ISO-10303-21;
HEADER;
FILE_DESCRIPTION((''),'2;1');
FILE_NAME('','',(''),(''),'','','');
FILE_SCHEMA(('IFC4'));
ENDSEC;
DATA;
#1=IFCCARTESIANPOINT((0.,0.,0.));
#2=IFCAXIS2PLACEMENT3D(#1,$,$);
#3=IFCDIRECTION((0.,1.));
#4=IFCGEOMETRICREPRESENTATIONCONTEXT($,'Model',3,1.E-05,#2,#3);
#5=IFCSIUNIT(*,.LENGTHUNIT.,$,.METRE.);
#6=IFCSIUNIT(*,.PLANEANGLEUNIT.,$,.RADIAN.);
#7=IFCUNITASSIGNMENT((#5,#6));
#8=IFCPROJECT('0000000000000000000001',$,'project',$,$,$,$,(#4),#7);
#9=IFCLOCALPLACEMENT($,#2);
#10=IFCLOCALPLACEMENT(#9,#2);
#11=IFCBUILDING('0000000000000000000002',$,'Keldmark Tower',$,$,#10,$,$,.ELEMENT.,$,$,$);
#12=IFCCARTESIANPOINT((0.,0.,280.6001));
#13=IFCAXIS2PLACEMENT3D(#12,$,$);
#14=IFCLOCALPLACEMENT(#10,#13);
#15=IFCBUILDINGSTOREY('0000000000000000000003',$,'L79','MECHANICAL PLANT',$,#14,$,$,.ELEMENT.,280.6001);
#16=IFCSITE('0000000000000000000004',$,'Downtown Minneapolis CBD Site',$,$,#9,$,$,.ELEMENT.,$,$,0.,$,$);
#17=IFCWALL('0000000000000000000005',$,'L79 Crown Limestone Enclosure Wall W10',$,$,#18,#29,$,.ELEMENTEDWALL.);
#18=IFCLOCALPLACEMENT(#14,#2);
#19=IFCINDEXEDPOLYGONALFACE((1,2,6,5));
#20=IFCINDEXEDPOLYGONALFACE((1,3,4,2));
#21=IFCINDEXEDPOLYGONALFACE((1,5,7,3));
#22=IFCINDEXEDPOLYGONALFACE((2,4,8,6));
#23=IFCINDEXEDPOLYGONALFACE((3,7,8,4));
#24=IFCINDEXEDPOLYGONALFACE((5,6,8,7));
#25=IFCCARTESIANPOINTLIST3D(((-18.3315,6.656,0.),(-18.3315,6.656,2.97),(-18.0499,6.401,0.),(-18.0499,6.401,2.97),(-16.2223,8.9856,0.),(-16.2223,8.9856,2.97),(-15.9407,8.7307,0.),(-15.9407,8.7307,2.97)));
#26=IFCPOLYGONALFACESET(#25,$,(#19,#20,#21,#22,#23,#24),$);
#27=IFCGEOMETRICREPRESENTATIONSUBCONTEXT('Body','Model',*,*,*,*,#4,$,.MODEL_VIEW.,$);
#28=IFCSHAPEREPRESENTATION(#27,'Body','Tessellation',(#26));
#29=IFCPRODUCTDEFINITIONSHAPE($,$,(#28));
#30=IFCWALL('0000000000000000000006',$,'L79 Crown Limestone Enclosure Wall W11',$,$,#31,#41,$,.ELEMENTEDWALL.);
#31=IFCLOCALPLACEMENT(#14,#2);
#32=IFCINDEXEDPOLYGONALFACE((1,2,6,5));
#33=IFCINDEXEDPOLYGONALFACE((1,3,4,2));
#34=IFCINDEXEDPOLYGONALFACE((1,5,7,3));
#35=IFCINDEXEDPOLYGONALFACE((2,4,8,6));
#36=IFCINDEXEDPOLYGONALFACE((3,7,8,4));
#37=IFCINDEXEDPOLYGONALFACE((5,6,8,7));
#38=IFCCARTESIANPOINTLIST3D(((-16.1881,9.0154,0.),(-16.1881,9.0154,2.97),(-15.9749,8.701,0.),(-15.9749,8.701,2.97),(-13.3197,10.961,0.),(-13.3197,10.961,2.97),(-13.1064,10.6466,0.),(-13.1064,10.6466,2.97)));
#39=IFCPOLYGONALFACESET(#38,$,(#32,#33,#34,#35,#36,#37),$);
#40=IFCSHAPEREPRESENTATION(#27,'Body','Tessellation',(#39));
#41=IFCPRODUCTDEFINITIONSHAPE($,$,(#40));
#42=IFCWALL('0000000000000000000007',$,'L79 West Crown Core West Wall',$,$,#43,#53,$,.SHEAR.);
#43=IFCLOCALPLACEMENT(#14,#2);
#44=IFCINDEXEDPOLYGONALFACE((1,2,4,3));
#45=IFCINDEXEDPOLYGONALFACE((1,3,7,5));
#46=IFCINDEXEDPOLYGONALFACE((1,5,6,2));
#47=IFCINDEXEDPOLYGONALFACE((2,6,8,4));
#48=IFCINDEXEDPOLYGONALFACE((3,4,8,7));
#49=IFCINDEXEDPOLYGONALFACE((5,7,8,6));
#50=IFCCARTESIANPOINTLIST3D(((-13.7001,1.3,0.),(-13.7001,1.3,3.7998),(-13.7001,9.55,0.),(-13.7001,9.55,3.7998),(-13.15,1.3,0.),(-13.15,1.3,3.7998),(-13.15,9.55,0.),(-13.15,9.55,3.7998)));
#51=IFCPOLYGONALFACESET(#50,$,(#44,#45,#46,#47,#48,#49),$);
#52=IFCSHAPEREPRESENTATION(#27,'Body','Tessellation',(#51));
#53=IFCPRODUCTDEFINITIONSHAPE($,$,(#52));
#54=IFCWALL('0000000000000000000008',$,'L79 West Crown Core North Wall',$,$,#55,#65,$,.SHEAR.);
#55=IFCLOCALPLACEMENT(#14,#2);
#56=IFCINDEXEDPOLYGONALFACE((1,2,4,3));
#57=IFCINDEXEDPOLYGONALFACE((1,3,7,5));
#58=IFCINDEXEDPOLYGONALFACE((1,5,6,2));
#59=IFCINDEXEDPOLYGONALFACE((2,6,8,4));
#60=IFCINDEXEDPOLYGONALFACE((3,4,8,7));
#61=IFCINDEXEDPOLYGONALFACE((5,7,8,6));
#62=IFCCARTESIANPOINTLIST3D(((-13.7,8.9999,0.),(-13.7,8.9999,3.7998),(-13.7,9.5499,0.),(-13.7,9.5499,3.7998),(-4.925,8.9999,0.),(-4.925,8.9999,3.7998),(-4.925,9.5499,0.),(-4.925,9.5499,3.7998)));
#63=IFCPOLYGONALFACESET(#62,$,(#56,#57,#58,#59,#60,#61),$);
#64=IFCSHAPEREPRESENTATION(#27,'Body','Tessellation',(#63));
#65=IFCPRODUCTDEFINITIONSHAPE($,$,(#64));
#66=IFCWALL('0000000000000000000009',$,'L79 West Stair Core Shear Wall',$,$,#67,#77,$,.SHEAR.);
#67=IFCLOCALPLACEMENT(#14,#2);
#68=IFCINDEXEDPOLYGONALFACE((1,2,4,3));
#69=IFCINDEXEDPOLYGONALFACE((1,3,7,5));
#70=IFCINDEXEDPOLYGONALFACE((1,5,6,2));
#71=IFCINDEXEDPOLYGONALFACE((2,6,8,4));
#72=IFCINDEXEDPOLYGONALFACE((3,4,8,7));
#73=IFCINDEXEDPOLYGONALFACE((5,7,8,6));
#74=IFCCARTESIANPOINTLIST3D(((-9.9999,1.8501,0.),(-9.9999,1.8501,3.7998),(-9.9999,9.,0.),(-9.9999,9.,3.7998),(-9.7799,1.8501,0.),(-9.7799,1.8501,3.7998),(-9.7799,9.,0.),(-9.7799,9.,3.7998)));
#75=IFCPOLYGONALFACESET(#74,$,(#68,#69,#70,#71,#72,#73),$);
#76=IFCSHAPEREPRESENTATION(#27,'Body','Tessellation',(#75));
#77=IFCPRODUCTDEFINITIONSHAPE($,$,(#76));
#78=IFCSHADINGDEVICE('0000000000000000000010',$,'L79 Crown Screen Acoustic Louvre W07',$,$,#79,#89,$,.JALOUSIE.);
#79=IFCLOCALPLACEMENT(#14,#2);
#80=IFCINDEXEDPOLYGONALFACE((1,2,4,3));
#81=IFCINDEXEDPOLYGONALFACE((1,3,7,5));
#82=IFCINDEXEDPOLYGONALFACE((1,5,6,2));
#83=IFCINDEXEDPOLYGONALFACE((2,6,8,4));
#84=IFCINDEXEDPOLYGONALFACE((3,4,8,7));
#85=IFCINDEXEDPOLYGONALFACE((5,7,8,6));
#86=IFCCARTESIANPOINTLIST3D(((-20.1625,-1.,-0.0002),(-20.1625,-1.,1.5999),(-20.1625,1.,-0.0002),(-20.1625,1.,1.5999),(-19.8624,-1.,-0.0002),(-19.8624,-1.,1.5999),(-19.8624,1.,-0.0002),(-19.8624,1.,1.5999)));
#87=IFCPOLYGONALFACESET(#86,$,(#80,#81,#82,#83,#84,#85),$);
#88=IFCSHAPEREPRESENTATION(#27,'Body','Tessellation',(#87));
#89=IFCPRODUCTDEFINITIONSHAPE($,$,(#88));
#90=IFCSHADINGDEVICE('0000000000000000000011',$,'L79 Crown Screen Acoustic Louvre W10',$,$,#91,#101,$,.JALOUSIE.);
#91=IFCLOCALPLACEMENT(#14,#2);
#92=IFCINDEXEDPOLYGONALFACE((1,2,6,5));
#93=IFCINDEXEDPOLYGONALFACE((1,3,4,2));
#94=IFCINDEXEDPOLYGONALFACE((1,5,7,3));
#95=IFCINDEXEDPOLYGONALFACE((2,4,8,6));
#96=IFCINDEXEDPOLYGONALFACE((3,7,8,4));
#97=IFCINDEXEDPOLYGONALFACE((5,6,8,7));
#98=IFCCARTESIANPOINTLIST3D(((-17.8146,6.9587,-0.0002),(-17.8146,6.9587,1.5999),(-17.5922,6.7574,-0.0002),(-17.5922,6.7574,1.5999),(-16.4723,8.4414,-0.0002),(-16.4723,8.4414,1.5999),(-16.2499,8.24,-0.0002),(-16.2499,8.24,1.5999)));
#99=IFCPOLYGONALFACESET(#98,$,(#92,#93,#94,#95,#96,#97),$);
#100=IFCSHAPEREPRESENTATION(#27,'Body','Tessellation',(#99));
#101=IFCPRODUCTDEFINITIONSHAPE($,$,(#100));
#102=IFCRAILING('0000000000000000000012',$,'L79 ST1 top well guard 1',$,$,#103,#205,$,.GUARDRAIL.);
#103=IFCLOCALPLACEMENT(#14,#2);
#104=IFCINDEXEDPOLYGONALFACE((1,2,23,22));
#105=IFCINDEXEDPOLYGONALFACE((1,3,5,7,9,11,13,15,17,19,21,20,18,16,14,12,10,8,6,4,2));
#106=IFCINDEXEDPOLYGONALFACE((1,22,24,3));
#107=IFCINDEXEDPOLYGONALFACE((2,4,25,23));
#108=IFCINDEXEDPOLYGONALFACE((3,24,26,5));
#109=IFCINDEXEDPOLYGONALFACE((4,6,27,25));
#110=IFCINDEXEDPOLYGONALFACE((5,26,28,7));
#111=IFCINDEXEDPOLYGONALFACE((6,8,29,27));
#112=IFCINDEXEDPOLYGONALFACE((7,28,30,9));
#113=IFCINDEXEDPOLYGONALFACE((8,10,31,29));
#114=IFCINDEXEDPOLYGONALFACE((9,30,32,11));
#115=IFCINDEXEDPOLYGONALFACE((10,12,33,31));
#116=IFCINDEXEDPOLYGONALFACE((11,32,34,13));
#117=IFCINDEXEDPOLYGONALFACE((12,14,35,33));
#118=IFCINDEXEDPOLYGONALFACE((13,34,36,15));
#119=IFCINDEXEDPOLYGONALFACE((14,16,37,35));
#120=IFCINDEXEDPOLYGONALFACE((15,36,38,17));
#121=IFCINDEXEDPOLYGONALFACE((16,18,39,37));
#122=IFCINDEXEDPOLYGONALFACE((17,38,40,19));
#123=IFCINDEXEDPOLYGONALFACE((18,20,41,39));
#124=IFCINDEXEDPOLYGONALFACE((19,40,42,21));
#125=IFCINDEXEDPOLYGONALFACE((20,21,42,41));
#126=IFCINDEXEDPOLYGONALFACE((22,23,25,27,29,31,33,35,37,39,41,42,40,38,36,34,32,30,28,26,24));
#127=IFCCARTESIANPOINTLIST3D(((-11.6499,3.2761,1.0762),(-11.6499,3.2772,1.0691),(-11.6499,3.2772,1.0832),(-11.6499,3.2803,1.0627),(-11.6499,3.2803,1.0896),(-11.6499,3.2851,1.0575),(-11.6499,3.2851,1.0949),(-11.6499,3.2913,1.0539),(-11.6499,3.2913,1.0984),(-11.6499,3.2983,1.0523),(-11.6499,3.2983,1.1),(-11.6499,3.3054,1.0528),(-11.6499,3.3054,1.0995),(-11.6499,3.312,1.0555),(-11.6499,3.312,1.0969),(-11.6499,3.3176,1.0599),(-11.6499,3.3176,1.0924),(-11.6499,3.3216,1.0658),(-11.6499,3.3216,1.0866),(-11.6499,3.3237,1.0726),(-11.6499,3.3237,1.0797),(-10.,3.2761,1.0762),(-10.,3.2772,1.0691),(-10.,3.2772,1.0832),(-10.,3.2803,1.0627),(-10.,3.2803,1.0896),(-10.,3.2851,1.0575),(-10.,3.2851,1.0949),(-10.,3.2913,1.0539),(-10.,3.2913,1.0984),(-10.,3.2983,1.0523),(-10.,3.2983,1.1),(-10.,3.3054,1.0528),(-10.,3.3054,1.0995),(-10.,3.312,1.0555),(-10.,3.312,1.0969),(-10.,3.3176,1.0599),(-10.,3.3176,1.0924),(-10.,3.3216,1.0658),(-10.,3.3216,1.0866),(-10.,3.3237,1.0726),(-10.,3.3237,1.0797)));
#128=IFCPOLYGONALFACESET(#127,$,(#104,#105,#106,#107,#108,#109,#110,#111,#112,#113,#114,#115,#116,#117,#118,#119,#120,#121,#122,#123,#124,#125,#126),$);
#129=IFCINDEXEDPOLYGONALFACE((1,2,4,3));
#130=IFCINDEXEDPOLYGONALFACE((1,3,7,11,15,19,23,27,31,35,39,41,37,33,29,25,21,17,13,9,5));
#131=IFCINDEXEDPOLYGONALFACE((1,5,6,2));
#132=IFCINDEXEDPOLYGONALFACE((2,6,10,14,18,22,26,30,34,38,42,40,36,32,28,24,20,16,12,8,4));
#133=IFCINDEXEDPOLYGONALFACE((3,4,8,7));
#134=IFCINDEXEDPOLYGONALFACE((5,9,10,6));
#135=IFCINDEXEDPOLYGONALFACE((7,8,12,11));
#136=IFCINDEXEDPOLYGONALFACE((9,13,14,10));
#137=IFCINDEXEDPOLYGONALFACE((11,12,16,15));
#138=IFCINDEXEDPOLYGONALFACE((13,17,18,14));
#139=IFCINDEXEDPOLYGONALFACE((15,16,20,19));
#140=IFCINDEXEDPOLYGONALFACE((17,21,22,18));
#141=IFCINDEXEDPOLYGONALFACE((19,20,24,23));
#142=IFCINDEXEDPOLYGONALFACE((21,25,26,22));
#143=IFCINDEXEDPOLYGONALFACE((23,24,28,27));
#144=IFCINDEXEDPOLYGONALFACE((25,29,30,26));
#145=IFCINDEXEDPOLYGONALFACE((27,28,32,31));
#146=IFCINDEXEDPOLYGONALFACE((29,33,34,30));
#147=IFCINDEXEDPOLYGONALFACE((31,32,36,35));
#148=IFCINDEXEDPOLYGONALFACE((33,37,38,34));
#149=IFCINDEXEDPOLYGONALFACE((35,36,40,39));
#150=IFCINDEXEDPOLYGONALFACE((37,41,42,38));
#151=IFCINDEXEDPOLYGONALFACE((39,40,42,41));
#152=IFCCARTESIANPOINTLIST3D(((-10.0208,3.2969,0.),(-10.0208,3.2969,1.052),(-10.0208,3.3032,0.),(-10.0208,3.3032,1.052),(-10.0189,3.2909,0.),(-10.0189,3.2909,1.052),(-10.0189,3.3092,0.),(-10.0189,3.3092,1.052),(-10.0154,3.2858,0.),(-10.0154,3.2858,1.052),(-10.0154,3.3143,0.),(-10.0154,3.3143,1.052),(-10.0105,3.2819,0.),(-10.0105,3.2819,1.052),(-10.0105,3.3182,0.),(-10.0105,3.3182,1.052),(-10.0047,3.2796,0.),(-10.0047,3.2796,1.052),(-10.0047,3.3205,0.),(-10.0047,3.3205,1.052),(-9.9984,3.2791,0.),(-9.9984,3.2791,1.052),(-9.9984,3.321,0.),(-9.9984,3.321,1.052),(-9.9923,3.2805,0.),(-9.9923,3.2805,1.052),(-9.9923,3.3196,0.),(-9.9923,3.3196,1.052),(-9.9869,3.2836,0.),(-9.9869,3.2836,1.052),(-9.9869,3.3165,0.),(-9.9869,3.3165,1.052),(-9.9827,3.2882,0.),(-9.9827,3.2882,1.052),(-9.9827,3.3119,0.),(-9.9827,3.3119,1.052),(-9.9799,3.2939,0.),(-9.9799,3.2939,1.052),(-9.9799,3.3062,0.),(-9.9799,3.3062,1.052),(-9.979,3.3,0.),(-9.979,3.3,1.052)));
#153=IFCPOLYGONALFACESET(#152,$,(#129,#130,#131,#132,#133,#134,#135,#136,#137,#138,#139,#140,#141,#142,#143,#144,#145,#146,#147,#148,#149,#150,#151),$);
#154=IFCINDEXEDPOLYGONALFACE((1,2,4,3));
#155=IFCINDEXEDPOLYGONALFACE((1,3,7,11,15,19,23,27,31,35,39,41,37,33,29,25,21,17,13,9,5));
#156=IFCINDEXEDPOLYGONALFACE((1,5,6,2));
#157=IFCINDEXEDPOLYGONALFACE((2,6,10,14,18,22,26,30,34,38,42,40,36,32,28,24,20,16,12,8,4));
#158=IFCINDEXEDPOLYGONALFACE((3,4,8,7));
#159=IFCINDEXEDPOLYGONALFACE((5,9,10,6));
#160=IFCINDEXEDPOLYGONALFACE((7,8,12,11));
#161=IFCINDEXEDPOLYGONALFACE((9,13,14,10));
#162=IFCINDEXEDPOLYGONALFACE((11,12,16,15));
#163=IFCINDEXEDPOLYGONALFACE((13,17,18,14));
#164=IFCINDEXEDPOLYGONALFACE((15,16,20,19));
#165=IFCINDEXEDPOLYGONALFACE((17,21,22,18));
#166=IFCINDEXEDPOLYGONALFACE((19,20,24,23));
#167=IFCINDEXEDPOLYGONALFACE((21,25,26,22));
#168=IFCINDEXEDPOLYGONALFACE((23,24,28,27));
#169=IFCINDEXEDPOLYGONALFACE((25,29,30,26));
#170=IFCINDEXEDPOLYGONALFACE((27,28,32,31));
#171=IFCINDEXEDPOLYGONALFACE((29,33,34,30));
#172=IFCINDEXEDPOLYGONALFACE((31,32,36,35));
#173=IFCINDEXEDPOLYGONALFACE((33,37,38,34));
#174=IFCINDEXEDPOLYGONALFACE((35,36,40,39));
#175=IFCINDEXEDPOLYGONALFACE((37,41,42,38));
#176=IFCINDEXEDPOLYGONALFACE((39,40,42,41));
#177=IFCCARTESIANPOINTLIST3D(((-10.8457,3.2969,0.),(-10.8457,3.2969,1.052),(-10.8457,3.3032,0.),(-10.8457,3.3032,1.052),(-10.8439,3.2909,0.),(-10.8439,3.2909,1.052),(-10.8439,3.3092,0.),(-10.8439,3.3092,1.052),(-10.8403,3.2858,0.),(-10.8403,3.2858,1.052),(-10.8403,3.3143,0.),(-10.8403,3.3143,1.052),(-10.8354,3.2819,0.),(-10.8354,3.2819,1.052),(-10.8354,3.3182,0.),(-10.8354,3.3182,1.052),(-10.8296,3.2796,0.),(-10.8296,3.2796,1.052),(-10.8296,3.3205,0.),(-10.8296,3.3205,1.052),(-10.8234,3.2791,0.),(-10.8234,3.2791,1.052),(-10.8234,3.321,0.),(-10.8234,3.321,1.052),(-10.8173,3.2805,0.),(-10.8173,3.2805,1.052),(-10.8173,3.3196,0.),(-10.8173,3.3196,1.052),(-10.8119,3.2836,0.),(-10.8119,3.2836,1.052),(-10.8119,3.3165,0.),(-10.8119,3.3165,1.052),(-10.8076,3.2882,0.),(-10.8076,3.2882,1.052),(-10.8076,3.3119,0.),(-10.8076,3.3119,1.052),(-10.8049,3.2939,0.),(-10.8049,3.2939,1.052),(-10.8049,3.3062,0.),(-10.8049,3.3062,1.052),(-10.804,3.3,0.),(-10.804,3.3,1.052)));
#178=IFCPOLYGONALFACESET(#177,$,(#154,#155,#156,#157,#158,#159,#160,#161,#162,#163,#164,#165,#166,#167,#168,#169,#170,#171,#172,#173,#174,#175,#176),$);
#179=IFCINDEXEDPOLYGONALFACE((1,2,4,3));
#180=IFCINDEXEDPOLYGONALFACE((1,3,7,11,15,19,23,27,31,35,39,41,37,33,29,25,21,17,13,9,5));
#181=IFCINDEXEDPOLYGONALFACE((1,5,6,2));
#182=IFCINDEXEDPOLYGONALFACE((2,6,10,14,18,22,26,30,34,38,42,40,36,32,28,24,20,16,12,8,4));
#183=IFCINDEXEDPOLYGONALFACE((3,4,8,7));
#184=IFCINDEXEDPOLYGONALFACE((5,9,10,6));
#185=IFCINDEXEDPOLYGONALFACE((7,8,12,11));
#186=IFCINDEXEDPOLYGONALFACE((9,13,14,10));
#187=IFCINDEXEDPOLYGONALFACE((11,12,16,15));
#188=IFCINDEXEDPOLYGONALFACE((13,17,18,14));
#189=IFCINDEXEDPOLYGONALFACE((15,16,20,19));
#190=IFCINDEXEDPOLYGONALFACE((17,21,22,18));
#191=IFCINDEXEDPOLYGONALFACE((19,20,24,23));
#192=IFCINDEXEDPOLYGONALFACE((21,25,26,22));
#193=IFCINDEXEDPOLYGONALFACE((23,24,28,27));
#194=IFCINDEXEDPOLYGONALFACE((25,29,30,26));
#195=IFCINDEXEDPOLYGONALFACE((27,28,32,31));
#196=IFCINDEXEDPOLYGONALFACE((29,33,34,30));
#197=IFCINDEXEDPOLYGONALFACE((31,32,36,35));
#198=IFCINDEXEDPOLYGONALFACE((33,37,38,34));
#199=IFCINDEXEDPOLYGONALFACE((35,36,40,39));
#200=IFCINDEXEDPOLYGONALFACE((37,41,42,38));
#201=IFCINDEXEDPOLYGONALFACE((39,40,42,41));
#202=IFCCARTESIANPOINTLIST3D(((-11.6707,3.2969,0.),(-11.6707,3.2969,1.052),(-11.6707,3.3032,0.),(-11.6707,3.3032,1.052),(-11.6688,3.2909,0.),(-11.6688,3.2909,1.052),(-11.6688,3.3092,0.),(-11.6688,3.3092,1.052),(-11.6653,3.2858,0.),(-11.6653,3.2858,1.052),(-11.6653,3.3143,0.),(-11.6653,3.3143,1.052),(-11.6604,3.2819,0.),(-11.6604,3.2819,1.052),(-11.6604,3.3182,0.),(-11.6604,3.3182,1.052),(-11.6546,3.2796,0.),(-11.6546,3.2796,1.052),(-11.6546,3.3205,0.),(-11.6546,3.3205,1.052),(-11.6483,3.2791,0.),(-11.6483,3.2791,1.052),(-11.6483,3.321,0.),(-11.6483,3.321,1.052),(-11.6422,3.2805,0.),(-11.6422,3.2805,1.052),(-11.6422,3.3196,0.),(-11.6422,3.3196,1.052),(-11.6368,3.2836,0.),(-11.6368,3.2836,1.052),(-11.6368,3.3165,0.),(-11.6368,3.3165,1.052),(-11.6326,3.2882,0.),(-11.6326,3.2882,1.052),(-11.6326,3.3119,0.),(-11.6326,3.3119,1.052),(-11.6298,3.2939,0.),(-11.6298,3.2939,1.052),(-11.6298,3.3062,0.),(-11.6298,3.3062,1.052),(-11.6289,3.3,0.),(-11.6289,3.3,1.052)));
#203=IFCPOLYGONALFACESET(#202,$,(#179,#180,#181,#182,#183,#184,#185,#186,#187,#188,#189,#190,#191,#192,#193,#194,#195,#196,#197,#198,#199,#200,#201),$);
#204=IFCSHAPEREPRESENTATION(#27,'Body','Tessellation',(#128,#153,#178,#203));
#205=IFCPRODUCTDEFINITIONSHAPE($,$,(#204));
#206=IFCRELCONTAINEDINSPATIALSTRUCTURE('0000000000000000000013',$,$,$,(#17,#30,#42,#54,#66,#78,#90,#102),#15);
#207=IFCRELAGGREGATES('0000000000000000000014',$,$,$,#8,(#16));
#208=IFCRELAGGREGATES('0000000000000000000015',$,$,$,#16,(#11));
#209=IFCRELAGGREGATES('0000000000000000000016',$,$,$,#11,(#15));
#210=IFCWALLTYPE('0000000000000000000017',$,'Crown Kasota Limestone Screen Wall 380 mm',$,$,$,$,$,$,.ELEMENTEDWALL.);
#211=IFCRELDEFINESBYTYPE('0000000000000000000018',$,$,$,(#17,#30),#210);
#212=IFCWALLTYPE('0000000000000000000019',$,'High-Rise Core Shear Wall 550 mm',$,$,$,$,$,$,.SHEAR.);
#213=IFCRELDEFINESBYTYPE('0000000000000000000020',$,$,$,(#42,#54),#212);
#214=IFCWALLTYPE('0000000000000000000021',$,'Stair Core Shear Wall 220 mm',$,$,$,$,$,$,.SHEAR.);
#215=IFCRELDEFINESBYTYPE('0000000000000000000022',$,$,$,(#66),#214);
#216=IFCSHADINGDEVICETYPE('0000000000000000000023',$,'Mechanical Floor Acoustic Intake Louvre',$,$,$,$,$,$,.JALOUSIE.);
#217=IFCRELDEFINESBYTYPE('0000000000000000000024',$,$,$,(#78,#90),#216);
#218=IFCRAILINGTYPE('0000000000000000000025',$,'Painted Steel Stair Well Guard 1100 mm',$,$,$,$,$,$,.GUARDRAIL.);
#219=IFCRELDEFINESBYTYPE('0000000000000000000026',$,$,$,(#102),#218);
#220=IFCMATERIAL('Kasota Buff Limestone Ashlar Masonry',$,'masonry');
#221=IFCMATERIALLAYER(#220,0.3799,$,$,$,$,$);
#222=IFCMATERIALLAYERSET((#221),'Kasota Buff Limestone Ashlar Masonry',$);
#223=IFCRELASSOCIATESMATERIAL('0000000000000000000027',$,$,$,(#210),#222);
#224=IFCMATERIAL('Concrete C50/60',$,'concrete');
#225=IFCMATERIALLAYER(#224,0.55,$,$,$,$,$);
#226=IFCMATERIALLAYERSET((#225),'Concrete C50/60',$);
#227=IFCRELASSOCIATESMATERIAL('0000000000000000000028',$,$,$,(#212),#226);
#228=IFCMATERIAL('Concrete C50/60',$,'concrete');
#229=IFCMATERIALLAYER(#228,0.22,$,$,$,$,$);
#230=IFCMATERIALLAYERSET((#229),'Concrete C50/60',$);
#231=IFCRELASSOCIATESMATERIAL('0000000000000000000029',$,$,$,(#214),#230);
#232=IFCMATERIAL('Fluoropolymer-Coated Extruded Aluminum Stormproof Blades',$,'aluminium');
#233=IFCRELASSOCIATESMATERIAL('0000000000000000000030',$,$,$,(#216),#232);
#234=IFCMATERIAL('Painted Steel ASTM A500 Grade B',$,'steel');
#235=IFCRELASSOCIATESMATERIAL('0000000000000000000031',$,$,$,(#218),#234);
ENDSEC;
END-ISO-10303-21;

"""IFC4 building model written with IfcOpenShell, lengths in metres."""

from ifc_helpers import new_model, si_unit, direction, frame, frame_2d, origin, origin_2d, place, context, subcontext, project, spatial, rectangle, circle, extrude, material, layer, layer_set, type_object, element, save


model = new_model("IFC4")

# Units and contexts
model_context = context("Model", 3, precision=1e-05, world=origin(), true_north=direction((0.0, 1.0)))
body_context = subcontext(model_context, "Body", "Model", "MODEL_VIEW")
ifc_project = project(units=[si_unit("LENGTHUNIT", "METRE"), si_unit("PLANEANGLEUNIT", "RADIAN")], contexts=[model_context])

# Site, building, storey
site_placement = place(None, origin())
site = spatial("IfcSite", under=ifc_project, at=site_placement, Name="Downtown Minneapolis CBD Site", CompositionType="ELEMENT", RefElevation=0.0)
building_placement = place(site_placement, origin())
building = spatial("IfcBuilding", under=site, at=building_placement, Name="Keldmark Tower", CompositionType="ELEMENT")
storey_placement = place(building_placement, frame((0.0, 0.0, 280.6001)))
storey = spatial("IfcBuildingStorey", under=building, at=storey_placement, Name="L79", Description="MECHANICAL PLANT", CompositionType="ELEMENT", Elevation=280.6001)

# Walls
ifc_material_1 = material(Name="Kasota Buff Limestone Ashlar Masonry", Category="masonry")
ifc_layer_1 = layer(ifc_material_1, 0.3799)
ifc_layer_set_1 = layer_set([ifc_layer_1], Name="Kasota Buff Limestone Ashlar Masonry")
wall_type_1 = type_object("IfcWallType", Name="Crown Kasota Limestone Screen Wall 380 mm", PredefinedType="ELEMENTEDWALL", material=ifc_layer_set_1)
wall_1_placement = place(storey_placement, frame((-16.0815, 8.8582, 0.0), z_axis=(0.0, 0.0, 1.0), x_axis=(-0.671159, -0.741313, 0.0)))
element("IfcWall", 1, at=wall_1_placement, inside=storey, type_object=wall_type_1, Name="L79 Crown Limestone Enclosure Wall W10", PredefinedType="ELEMENTEDWALL", context=body_context, shape_type="SweptSolid", body=[
    extrude(rectangle(XDim=3.1426, YDim=0.3799, at=frame_2d((1.5713, 0.0))), origin(), (0.0, 0.0, 1.0), 2.97),
])
wall_2_placement = place(storey_placement, frame((-13.2131, 10.8037, 0.0), z_axis=(0.0, 0.0, 1.0), x_axis=(-0.827591, -0.561331, 0.0)))
element("IfcWall", 2, at=wall_2_placement, inside=storey, type_object=wall_type_1, Name="L79 Crown Limestone Enclosure Wall W11", PredefinedType="ELEMENTEDWALL", context=body_context, shape_type="SweptSolid", body=[
    extrude(rectangle(XDim=3.4661, YDim=0.3799, at=frame_2d((1.7329, 0.0))), origin(), (0.0, 0.0, 1.0), 2.97),
])
ifc_material_2 = material(Name="Concrete C50/60", Category="concrete")
ifc_layer_2 = layer(ifc_material_2, 0.55)
ifc_layer_set_2 = layer_set([ifc_layer_2], Name="Concrete C50/60")
wall_type_2 = type_object("IfcWallType", Name="High-Rise Core Shear Wall 550 mm", PredefinedType="SHEAR", material=ifc_layer_set_2)
wall_3_placement = place(storey_placement, frame((-13.425, 1.3, 0.0), z_axis=(0.0, 0.0, 1.0), x_axis=(0.0, 1.0, 0.0)))
element("IfcWall", 3, at=wall_3_placement, inside=storey, type_object=wall_type_2, Name="L79 West Crown Core West Wall", PredefinedType="SHEAR", context=body_context, shape_type="SweptSolid", body=[
    extrude(rectangle(XDim=8.25, YDim=0.55, at=frame_2d((4.125, 0.0))), origin(), (0.0, 0.0, 1.0), 3.7998),
])
wall_4_placement = place(storey_placement, frame((-13.7, 9.2749, 0.0), z_axis=(0.0, 0.0, 1.0), x_axis=(1.0, 0.0, 0.0)))
element("IfcWall", 4, at=wall_4_placement, inside=storey, type_object=wall_type_2, Name="L79 West Crown Core North Wall", PredefinedType="SHEAR", context=body_context, shape_type="SweptSolid", body=[
    extrude(rectangle(XDim=8.7749, YDim=0.55, at=frame_2d((4.3875, 0.0))), origin(), (0.0, 0.0, 1.0), 3.7998),
])

# Wall
ifc_material_3 = material(Name="Concrete C50/60", Category="concrete")
ifc_layer_3 = layer(ifc_material_3, 0.22)
ifc_layer_set_3 = layer_set([ifc_layer_3], Name="Concrete C50/60")
wall_type_3 = type_object("IfcWallType", Name="Stair Core Shear Wall 220 mm", PredefinedType="SHEAR", material=ifc_layer_set_3)
wall_5_placement = place(storey_placement, frame((-9.8899, 1.8501, 0.0), z_axis=(0.0, 0.0, 1.0), x_axis=(0.0, 1.0, 0.0)))
element("IfcWall", 5, at=wall_5_placement, inside=storey, type_object=wall_type_3, Name="L79 West Stair Core Shear Wall", PredefinedType="SHEAR", context=body_context, shape_type="SweptSolid", body=[
    extrude(rectangle(XDim=7.1499, YDim=0.22, at=frame_2d((3.575, 0.0))), origin(), (0.0, 0.0, 1.0), 3.7998),
])

# Shading devices
ifc_material_4 = material(Name="Fluoropolymer-Coated Extruded Aluminum Stormproof Blades", Category="aluminium")
shading_device_type = type_object("IfcShadingDeviceType", Name="Mechanical Floor Acoustic Intake Louvre", PredefinedType="JALOUSIE", material=ifc_material_4)
for number, where, z_axis, x_axis, name in (
    (6, (-20.0125, 0.0, -0.0002), (0.0, 0.0, 1.0), (0.0, -1.0, 0.0), "L79 Crown Screen Acoustic Louvre W07"),
    (7, (-17.0322, 7.5994, -0.0002), (0.0, 0.0, 1.0), (-0.671151, -0.74132, 0.0), "L79 Crown Screen Acoustic Louvre W10"),
):
    element("IfcShadingDevice", number, at=place(storey_placement, frame(where, z_axis=z_axis, x_axis=x_axis)), inside=storey, type_object=shading_device_type, Name=name, PredefinedType="JALOUSIE", context=body_context, shape_type="SweptSolid", body=[
        extrude(rectangle(XDim=2.0, YDim=0.3, at=origin_2d()), origin(), (0.0, 0.0, 1.0), 1.6001),
    ])

# Railing
ifc_material_5 = material(Name="Painted Steel ASTM A500 Grade B", Category="steel")
railing_type = type_object("IfcRailingType", Name="Painted Steel Stair Well Guard 1100 mm", PredefinedType="GUARDRAIL", material=ifc_material_5)
railing_placement = place(storey_placement, frame((-10.0, 3.3, 0.0)))
element("IfcRailing", 8, at=railing_placement, inside=storey, type_object=railing_type, Name="L79 ST1 top well guard 1", PredefinedType="GUARDRAIL", context=body_context, shape_type="SweptSolid", body=[
    extrude(circle(Radius=0.0239, at=origin_2d()), frame((0.0, 0.0, 1.0762), z_axis=(-1.0, 0.0, 0.0), x_axis=(0.0, -1.0, 0.0)), (0.0, 0.0, 1.0), 1.6499),
    extrude(circle(Radius=0.021, at=origin_2d()), origin(), (0.0, 0.0, 1.0), 1.052),
    extrude(circle(Radius=0.021, at=origin_2d()), frame((-0.825, 0.0, 0.0)), (0.0, 0.0, 1.0), 1.052),
    extrude(circle(Radius=0.021, at=origin_2d()), frame((-1.6499, 0.0, 0.0)), (0.0, 0.0, 1.0), 1.052),
])

save(model, "model.ifc")
